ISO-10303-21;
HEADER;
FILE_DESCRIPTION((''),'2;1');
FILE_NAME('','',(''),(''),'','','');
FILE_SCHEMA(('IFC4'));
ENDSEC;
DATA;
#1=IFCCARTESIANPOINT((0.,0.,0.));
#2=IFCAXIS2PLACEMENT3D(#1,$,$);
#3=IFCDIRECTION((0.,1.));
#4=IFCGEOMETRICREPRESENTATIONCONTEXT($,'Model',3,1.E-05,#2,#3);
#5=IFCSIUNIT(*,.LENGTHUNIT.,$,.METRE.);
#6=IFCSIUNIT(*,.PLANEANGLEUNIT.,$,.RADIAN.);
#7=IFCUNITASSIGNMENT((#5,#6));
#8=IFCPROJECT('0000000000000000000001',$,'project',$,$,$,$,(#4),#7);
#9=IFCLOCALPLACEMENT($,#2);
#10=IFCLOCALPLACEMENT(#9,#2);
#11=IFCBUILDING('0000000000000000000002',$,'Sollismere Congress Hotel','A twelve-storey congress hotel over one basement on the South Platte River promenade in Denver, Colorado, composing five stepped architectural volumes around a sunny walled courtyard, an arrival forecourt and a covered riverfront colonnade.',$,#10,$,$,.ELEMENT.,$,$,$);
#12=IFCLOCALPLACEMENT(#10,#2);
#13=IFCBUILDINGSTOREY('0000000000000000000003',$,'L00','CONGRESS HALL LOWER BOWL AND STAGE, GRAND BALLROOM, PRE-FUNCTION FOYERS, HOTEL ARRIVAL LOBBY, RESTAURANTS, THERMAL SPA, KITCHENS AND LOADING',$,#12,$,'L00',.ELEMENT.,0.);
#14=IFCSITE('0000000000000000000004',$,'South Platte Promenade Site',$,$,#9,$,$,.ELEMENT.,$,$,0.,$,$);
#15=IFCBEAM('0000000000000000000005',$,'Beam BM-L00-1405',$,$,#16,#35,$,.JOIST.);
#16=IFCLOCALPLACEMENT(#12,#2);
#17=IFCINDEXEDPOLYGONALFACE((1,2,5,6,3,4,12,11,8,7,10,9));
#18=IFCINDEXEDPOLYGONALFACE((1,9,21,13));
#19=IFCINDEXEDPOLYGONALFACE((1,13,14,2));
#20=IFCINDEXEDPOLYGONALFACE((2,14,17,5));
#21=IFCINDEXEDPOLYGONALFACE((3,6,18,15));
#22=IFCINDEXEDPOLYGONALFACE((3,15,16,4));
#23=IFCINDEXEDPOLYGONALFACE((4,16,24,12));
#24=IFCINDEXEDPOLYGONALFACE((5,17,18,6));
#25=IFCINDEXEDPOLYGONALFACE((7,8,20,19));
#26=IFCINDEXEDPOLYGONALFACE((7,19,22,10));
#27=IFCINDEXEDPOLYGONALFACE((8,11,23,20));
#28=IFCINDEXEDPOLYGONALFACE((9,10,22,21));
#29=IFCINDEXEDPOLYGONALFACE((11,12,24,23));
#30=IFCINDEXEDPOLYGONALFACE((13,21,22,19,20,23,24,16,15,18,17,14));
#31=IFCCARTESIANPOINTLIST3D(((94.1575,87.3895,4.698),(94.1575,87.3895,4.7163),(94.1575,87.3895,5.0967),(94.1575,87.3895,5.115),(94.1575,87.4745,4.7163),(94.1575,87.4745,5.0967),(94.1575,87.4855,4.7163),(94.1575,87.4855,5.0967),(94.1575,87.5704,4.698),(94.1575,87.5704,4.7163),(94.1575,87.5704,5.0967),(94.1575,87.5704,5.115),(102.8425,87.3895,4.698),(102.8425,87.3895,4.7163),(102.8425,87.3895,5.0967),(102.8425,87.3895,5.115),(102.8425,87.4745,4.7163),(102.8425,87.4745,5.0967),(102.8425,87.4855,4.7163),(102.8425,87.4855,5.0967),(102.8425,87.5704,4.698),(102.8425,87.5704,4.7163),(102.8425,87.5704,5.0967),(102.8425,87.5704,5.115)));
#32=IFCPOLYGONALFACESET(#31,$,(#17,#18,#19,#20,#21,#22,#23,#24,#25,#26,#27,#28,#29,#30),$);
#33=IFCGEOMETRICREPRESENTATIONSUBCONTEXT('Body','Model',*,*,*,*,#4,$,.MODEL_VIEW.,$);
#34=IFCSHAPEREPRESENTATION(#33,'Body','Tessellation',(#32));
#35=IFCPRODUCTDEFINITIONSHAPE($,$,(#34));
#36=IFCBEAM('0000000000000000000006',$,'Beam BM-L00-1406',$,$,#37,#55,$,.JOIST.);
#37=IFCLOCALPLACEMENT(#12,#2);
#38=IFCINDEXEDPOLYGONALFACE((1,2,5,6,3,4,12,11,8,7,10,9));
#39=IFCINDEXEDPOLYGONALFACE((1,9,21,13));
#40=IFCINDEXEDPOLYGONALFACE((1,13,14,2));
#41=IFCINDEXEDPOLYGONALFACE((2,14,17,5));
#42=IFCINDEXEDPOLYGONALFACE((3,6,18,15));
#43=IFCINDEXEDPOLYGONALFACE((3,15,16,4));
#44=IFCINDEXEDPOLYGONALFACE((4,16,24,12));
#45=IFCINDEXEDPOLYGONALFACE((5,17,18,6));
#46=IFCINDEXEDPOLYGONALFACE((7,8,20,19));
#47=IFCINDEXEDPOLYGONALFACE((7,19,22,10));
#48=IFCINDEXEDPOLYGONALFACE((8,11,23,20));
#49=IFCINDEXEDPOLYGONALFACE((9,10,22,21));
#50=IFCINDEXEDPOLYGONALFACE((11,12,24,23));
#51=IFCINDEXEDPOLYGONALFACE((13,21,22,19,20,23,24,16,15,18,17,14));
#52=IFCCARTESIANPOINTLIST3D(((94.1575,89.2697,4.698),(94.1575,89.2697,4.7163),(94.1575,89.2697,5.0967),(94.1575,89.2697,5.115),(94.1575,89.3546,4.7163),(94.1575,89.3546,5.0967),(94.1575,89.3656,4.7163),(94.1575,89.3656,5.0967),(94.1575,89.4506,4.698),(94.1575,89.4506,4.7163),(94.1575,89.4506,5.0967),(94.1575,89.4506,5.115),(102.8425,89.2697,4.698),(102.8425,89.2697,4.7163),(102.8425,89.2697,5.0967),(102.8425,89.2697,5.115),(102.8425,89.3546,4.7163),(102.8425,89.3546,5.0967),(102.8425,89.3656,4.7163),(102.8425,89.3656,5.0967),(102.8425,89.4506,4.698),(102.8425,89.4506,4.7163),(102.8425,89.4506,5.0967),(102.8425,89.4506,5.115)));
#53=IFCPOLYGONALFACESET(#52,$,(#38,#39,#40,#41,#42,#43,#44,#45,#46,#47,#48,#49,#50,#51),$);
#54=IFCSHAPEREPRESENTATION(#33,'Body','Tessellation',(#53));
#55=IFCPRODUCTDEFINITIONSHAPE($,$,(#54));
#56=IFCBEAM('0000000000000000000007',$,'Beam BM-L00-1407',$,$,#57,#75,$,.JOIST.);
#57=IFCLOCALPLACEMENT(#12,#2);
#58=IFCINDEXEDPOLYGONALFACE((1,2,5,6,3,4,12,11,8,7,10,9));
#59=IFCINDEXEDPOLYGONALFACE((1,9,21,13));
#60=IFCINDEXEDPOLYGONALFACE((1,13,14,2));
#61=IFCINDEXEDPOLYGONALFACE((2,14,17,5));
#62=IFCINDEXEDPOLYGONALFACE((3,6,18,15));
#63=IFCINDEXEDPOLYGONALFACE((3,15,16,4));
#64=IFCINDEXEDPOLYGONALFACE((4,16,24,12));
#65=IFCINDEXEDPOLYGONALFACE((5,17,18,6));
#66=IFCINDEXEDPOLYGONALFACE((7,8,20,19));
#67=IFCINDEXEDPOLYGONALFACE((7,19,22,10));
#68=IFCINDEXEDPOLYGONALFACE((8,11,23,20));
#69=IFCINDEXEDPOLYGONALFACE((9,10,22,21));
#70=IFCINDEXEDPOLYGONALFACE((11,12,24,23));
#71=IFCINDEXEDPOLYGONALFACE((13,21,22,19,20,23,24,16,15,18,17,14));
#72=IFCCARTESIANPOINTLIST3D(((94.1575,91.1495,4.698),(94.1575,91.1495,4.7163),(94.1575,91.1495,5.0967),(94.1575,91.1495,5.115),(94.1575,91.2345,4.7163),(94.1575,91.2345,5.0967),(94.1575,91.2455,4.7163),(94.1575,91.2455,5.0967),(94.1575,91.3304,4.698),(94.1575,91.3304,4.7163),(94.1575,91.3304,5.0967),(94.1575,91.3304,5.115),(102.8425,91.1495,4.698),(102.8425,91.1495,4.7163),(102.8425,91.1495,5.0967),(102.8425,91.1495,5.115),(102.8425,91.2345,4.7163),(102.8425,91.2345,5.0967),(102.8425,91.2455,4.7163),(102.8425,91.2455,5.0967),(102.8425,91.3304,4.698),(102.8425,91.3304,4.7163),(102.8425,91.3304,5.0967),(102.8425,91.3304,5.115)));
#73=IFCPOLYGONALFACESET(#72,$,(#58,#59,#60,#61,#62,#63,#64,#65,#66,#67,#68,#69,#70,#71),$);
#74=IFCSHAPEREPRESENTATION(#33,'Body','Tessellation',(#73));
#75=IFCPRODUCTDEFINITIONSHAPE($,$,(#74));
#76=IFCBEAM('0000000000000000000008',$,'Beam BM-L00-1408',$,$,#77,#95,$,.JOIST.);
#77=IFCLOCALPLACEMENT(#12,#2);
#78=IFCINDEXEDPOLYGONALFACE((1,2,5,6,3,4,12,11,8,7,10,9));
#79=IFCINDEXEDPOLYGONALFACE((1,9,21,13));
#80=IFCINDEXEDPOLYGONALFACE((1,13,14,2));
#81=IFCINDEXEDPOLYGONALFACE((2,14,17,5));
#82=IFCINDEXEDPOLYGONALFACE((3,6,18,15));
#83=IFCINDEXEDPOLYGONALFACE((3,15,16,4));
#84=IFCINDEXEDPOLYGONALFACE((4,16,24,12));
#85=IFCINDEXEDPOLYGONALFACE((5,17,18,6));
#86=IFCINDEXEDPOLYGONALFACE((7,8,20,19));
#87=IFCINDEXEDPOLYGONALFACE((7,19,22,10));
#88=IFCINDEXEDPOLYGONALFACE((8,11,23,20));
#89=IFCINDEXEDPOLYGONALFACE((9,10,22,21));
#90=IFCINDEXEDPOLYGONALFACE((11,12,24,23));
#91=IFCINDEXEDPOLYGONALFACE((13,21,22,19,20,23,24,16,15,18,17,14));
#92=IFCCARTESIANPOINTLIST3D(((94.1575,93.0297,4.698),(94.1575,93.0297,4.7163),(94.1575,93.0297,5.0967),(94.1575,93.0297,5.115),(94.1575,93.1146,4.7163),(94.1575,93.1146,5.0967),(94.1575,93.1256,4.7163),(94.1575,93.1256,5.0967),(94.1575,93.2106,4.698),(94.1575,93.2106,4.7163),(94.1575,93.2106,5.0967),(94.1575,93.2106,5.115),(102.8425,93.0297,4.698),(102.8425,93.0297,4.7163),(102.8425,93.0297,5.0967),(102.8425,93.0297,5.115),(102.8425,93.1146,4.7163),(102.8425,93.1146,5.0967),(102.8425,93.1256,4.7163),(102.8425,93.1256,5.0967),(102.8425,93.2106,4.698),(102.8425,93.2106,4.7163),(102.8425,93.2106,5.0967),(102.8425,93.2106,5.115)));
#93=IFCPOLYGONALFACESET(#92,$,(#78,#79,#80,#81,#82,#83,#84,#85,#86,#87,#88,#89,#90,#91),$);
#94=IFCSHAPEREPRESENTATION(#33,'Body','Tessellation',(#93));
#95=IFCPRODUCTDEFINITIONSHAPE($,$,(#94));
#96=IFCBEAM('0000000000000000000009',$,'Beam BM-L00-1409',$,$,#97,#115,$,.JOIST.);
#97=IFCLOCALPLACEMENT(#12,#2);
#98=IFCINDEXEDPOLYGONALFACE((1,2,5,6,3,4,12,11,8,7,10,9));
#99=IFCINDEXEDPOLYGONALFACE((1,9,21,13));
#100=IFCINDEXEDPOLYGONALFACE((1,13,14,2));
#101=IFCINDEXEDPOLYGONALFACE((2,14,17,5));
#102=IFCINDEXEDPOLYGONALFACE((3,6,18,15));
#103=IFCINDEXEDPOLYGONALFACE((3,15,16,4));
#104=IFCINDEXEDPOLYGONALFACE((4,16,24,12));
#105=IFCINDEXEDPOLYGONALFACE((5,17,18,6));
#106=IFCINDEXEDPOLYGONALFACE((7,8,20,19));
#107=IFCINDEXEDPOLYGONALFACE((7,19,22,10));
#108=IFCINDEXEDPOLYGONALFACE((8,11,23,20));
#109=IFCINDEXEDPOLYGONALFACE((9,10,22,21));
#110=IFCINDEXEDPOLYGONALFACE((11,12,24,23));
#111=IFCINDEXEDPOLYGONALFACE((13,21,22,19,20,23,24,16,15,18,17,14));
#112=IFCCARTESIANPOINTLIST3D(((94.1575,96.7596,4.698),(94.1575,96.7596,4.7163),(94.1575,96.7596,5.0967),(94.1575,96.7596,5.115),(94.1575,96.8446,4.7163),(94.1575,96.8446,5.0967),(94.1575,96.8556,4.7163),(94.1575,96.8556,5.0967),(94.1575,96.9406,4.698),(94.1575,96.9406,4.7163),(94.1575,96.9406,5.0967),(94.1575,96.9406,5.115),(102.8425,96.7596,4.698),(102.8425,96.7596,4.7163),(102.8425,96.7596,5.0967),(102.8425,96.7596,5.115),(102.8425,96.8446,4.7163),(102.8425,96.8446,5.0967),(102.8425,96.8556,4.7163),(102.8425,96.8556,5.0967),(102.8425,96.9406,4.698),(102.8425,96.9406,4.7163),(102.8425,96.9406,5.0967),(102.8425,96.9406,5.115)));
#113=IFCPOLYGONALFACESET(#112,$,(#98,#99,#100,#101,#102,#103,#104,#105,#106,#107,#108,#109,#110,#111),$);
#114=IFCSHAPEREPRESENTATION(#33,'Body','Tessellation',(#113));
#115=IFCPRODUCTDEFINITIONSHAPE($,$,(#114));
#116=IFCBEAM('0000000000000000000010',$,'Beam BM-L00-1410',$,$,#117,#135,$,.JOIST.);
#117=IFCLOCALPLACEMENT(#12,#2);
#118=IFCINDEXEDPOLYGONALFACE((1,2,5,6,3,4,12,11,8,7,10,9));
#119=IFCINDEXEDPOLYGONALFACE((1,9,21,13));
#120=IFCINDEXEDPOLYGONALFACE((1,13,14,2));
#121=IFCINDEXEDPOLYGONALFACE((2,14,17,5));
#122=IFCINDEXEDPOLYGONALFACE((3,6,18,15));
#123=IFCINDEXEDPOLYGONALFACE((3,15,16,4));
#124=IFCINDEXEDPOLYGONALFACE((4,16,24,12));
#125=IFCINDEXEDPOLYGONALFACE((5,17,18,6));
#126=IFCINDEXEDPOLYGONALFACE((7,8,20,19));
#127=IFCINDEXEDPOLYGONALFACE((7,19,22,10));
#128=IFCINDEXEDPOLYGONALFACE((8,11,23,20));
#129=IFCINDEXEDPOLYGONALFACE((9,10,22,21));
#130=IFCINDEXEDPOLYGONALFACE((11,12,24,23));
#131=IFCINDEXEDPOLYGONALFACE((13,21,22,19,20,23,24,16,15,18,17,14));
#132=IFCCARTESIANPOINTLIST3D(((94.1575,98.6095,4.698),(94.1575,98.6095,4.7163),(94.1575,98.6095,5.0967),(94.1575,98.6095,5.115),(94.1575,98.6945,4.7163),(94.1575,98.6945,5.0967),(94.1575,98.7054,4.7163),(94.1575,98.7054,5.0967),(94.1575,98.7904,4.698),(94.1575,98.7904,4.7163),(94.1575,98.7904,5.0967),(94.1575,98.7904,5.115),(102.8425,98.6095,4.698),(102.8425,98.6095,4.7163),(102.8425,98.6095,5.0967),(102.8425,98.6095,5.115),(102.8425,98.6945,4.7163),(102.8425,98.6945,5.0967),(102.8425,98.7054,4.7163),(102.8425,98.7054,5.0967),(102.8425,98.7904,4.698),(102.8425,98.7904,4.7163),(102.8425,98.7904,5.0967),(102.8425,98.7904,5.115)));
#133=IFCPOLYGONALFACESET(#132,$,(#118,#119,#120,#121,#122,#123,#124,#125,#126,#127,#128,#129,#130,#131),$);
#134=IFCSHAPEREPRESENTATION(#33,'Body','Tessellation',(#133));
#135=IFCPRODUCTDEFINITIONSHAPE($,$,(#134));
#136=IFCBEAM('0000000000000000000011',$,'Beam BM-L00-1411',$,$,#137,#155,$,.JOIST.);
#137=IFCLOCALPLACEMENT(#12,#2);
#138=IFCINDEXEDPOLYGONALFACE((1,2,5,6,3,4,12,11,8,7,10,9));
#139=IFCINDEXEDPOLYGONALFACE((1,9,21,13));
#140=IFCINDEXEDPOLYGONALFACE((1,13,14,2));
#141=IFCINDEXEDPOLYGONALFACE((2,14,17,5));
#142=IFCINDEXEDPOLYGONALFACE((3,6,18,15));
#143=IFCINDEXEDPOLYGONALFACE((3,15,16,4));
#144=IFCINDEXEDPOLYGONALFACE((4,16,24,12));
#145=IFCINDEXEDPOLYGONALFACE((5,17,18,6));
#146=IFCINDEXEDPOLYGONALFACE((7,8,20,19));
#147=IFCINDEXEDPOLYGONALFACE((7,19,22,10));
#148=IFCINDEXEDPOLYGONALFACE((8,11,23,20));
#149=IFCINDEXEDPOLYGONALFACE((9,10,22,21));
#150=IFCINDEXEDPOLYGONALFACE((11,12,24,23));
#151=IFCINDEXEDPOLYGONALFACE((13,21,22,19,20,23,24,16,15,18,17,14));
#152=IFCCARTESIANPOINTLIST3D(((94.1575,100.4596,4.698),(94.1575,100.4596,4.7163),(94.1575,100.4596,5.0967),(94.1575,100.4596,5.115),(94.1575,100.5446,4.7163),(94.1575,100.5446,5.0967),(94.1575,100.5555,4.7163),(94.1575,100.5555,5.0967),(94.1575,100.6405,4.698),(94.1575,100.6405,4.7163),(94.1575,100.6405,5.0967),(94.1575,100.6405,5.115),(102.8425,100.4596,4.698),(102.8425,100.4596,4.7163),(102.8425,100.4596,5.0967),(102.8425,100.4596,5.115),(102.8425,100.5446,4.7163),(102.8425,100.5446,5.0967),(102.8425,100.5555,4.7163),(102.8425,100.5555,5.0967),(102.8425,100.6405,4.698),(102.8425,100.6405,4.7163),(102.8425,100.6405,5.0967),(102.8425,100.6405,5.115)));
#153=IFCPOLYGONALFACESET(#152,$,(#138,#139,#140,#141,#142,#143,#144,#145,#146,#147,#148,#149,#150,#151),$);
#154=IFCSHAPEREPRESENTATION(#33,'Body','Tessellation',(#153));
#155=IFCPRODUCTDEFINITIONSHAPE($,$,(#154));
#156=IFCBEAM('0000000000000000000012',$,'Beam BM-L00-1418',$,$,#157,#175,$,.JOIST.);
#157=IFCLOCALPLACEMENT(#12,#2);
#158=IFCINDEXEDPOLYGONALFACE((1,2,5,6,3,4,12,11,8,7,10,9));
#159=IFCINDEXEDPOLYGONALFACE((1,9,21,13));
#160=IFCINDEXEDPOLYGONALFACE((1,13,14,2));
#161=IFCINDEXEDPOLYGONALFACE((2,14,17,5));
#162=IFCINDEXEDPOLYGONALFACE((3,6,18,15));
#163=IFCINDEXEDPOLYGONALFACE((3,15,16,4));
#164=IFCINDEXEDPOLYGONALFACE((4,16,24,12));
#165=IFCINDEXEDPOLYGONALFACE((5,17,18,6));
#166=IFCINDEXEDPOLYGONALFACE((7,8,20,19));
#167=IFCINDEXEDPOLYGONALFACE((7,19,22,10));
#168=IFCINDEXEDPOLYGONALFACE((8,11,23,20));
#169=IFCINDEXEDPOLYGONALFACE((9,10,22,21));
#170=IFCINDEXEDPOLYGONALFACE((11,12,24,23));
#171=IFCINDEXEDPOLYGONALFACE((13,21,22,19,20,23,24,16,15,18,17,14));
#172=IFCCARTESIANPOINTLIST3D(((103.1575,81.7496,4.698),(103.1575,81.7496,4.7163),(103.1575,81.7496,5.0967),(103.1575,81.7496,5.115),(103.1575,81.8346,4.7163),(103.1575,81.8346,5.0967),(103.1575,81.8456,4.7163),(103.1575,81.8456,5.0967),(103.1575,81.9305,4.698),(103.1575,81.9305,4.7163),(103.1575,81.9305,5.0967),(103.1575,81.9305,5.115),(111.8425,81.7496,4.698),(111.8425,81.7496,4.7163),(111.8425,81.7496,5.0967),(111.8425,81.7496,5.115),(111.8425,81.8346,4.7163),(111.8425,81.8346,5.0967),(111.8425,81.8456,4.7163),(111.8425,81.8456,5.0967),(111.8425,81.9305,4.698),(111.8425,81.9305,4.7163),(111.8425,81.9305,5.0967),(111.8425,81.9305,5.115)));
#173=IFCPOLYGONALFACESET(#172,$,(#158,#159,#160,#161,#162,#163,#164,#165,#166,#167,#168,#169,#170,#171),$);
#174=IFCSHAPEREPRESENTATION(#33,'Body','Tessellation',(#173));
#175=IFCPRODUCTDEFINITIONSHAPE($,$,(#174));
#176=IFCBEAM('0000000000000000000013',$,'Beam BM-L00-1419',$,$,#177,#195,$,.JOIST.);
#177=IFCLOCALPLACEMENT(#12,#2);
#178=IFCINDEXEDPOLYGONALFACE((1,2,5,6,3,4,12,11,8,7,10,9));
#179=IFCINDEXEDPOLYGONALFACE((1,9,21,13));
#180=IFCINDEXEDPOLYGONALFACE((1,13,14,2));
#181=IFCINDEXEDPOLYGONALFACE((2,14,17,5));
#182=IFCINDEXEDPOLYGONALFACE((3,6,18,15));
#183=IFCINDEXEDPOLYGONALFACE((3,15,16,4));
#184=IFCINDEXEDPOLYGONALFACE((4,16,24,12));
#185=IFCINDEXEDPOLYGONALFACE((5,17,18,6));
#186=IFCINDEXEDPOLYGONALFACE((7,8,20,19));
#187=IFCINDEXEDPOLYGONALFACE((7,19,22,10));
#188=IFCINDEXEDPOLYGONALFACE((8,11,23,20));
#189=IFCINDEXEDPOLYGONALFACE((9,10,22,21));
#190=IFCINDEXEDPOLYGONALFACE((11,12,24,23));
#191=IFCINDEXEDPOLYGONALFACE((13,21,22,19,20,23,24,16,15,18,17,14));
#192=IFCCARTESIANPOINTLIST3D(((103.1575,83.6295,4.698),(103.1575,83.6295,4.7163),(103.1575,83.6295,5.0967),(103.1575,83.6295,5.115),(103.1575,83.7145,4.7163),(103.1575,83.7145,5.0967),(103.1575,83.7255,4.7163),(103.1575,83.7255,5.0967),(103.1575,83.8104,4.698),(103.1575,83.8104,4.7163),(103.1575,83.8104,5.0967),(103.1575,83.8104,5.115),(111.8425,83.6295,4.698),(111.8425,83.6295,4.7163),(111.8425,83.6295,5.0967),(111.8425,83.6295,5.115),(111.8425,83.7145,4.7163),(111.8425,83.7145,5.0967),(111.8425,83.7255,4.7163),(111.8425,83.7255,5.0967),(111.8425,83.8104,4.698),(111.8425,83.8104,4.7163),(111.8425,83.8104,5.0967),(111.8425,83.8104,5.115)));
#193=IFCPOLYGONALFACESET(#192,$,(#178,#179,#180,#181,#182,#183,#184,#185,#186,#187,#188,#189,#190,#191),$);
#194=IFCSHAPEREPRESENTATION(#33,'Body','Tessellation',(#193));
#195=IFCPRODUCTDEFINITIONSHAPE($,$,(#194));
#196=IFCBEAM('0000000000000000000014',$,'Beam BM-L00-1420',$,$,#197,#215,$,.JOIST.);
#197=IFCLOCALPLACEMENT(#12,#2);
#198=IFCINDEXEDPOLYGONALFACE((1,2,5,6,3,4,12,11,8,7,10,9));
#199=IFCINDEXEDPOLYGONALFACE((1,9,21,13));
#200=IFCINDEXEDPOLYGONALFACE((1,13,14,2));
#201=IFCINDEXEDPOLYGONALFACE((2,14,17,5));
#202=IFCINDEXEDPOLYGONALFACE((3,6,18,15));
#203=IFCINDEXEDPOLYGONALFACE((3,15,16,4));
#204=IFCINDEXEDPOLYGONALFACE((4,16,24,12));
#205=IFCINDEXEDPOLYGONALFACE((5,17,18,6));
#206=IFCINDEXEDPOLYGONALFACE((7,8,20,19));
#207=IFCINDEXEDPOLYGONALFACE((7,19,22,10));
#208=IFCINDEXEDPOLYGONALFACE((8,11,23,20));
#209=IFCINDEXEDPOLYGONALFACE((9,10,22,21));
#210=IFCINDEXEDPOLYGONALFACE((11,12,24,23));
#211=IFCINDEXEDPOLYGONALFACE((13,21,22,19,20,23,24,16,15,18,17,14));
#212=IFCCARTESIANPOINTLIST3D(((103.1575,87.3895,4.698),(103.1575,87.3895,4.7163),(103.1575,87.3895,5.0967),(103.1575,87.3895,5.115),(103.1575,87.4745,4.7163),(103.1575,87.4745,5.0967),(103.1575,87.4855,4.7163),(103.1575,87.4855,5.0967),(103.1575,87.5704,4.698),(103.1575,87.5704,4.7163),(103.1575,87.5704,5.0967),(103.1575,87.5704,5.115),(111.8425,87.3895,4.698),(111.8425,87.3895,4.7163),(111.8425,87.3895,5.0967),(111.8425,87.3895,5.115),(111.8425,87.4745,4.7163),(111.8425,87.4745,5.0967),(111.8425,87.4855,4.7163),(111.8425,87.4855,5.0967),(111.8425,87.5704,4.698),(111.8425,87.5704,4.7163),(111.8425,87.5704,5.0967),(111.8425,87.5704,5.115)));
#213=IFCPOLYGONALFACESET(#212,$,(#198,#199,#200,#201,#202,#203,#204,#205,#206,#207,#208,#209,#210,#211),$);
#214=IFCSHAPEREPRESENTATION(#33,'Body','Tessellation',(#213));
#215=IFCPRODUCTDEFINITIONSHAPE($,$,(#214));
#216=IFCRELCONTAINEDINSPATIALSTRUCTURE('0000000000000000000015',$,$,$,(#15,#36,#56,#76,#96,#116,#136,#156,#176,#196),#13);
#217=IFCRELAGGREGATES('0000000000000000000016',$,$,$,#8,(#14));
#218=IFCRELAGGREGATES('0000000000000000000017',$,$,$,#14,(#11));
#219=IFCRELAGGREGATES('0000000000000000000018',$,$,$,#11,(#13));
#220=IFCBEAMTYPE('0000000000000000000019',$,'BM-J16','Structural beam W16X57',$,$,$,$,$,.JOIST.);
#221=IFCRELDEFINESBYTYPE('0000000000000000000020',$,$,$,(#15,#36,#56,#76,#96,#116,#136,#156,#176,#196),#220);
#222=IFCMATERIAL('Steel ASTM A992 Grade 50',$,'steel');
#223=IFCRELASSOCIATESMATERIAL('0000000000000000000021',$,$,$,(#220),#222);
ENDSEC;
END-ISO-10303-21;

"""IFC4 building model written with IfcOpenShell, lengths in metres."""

from ifc_helpers import new_model, si_unit, direction, frame, origin, origin_2d, place, context, subcontext, project, spatial, i_section, extrude, material, material_profile, profile_set, type_object, element, save


model = new_model("IFC4")

# Units and contexts
model_context = context("Model", 3, precision=1e-05, world=origin(), true_north=direction((0.0, 1.0)))
body_context = subcontext(model_context, "Body", "Model", "MODEL_VIEW")
ifc_project = project(units=[si_unit("LENGTHUNIT", "METRE"), si_unit("PLANEANGLEUNIT", "RADIAN")], contexts=[model_context])

# Site, building, storey
site_placement = place(None, origin())
site = spatial("IfcSite", under=ifc_project, at=site_placement, Name="South Platte Promenade Site", CompositionType="ELEMENT", RefElevation=0.0)
building_placement = place(site_placement, origin())
building = spatial("IfcBuilding", under=site, at=building_placement, Name="Sollismere Congress Hotel", Description="A twelve-storey congress hotel over one basement on the South Platte River promenade in Denver, Colorado, composing five stepped architectural volumes around a sunny walled courtyard, an arrival forecourt and a covered riverfront colonnade.", CompositionType="ELEMENT")
storey_placement = place(building_placement, origin())
storey = spatial("IfcBuildingStorey", under=building, at=storey_placement, Name="L00", Description="CONGRESS HALL LOWER BOWL AND STAGE, GRAND BALLROOM, PRE-FUNCTION FOYERS, HOTEL ARRIVAL LOBBY, RESTAURANTS, THERMAL SPA, KITCHENS AND LOADING", LongName="L00", CompositionType="ELEMENT", Elevation=0.0)

# Shared definitions
ifc_material = material(Name="Steel ASTM A992 Grade 50", Category="steel")

# Beams
ifc_material_profile_1 = material_profile(ifc_material, i_section(OverallWidth=0.1809, OverallDepth=0.417, WebThickness=0.011, FlangeThickness=0.0183, at=origin_2d()), Name="W16X57")
ifc_profile_set_1 = profile_set([ifc_material_profile_1], Name="Steel ASTM A992 Grade 50")
beam_type_1 = type_object("IfcBeamType", Name="BM-J16", Description="Structural beam W16X57", PredefinedType="JOIST", material=ifc_profile_set_1)
for number, where, z_axis, x_axis, name in (
    (1, (94.1575, 87.48, 4.9065), (1.0, 0.0, 0.0), (0.0, 1.0, 0.0), "Beam BM-L00-1405"),
    (2, (94.1575, 89.3601, 4.9065), (1.0, 0.0, 0.0), (0.0, 1.0, 0.0), "Beam BM-L00-1406"),
    (3, (94.1575, 91.24, 4.9065), (1.0, 0.0, 0.0), (0.0, 1.0, 0.0), "Beam BM-L00-1407"),
    (4, (94.1575, 93.1201, 4.9065), (1.0, 0.0, 0.0), (0.0, 1.0, 0.0), "Beam BM-L00-1408"),
    (5, (94.1575, 96.8501, 4.9065), (1.0, 0.0, 0.0), (0.0, 1.0, 0.0), "Beam BM-L00-1409"),
    (6, (94.1575, 98.7, 4.9065), (1.0, 0.0, 0.0), (0.0, 1.0, 0.0), "Beam BM-L00-1410"),
    (7, (94.1575, 100.55, 4.9065), (1.0, 0.0, 0.0), (0.0, 1.0, 0.0), "Beam BM-L00-1411"),
    (8, (103.1575, 81.8401, 4.9065), (1.0, 0.0, 0.0), (0.0, 1.0, 0.0), "Beam BM-L00-1418"),
    (9, (103.1575, 83.72, 4.9065), (1.0, 0.0, 0.0), (0.0, 1.0, 0.0), "Beam BM-L00-1419"),
    (10, (103.1575, 87.48, 4.9065), (1.0, 0.0, 0.0), (0.0, 1.0, 0.0), "Beam BM-L00-1420"),
):
    element("IfcBeam", number, at=place(storey_placement, frame(where, z_axis=z_axis, x_axis=x_axis)), inside=storey, type_object=beam_type_1, Name=name, PredefinedType="JOIST", context=body_context, shape_type="SweptSolid", body=[
        extrude(i_section(OverallWidth=0.1809, OverallDepth=0.417, WebThickness=0.011, FlangeThickness=0.0183, at=origin_2d()), origin(), (0.0, 0.0, 1.0), 8.6851),
    ])

save(model, "model.ifc")
